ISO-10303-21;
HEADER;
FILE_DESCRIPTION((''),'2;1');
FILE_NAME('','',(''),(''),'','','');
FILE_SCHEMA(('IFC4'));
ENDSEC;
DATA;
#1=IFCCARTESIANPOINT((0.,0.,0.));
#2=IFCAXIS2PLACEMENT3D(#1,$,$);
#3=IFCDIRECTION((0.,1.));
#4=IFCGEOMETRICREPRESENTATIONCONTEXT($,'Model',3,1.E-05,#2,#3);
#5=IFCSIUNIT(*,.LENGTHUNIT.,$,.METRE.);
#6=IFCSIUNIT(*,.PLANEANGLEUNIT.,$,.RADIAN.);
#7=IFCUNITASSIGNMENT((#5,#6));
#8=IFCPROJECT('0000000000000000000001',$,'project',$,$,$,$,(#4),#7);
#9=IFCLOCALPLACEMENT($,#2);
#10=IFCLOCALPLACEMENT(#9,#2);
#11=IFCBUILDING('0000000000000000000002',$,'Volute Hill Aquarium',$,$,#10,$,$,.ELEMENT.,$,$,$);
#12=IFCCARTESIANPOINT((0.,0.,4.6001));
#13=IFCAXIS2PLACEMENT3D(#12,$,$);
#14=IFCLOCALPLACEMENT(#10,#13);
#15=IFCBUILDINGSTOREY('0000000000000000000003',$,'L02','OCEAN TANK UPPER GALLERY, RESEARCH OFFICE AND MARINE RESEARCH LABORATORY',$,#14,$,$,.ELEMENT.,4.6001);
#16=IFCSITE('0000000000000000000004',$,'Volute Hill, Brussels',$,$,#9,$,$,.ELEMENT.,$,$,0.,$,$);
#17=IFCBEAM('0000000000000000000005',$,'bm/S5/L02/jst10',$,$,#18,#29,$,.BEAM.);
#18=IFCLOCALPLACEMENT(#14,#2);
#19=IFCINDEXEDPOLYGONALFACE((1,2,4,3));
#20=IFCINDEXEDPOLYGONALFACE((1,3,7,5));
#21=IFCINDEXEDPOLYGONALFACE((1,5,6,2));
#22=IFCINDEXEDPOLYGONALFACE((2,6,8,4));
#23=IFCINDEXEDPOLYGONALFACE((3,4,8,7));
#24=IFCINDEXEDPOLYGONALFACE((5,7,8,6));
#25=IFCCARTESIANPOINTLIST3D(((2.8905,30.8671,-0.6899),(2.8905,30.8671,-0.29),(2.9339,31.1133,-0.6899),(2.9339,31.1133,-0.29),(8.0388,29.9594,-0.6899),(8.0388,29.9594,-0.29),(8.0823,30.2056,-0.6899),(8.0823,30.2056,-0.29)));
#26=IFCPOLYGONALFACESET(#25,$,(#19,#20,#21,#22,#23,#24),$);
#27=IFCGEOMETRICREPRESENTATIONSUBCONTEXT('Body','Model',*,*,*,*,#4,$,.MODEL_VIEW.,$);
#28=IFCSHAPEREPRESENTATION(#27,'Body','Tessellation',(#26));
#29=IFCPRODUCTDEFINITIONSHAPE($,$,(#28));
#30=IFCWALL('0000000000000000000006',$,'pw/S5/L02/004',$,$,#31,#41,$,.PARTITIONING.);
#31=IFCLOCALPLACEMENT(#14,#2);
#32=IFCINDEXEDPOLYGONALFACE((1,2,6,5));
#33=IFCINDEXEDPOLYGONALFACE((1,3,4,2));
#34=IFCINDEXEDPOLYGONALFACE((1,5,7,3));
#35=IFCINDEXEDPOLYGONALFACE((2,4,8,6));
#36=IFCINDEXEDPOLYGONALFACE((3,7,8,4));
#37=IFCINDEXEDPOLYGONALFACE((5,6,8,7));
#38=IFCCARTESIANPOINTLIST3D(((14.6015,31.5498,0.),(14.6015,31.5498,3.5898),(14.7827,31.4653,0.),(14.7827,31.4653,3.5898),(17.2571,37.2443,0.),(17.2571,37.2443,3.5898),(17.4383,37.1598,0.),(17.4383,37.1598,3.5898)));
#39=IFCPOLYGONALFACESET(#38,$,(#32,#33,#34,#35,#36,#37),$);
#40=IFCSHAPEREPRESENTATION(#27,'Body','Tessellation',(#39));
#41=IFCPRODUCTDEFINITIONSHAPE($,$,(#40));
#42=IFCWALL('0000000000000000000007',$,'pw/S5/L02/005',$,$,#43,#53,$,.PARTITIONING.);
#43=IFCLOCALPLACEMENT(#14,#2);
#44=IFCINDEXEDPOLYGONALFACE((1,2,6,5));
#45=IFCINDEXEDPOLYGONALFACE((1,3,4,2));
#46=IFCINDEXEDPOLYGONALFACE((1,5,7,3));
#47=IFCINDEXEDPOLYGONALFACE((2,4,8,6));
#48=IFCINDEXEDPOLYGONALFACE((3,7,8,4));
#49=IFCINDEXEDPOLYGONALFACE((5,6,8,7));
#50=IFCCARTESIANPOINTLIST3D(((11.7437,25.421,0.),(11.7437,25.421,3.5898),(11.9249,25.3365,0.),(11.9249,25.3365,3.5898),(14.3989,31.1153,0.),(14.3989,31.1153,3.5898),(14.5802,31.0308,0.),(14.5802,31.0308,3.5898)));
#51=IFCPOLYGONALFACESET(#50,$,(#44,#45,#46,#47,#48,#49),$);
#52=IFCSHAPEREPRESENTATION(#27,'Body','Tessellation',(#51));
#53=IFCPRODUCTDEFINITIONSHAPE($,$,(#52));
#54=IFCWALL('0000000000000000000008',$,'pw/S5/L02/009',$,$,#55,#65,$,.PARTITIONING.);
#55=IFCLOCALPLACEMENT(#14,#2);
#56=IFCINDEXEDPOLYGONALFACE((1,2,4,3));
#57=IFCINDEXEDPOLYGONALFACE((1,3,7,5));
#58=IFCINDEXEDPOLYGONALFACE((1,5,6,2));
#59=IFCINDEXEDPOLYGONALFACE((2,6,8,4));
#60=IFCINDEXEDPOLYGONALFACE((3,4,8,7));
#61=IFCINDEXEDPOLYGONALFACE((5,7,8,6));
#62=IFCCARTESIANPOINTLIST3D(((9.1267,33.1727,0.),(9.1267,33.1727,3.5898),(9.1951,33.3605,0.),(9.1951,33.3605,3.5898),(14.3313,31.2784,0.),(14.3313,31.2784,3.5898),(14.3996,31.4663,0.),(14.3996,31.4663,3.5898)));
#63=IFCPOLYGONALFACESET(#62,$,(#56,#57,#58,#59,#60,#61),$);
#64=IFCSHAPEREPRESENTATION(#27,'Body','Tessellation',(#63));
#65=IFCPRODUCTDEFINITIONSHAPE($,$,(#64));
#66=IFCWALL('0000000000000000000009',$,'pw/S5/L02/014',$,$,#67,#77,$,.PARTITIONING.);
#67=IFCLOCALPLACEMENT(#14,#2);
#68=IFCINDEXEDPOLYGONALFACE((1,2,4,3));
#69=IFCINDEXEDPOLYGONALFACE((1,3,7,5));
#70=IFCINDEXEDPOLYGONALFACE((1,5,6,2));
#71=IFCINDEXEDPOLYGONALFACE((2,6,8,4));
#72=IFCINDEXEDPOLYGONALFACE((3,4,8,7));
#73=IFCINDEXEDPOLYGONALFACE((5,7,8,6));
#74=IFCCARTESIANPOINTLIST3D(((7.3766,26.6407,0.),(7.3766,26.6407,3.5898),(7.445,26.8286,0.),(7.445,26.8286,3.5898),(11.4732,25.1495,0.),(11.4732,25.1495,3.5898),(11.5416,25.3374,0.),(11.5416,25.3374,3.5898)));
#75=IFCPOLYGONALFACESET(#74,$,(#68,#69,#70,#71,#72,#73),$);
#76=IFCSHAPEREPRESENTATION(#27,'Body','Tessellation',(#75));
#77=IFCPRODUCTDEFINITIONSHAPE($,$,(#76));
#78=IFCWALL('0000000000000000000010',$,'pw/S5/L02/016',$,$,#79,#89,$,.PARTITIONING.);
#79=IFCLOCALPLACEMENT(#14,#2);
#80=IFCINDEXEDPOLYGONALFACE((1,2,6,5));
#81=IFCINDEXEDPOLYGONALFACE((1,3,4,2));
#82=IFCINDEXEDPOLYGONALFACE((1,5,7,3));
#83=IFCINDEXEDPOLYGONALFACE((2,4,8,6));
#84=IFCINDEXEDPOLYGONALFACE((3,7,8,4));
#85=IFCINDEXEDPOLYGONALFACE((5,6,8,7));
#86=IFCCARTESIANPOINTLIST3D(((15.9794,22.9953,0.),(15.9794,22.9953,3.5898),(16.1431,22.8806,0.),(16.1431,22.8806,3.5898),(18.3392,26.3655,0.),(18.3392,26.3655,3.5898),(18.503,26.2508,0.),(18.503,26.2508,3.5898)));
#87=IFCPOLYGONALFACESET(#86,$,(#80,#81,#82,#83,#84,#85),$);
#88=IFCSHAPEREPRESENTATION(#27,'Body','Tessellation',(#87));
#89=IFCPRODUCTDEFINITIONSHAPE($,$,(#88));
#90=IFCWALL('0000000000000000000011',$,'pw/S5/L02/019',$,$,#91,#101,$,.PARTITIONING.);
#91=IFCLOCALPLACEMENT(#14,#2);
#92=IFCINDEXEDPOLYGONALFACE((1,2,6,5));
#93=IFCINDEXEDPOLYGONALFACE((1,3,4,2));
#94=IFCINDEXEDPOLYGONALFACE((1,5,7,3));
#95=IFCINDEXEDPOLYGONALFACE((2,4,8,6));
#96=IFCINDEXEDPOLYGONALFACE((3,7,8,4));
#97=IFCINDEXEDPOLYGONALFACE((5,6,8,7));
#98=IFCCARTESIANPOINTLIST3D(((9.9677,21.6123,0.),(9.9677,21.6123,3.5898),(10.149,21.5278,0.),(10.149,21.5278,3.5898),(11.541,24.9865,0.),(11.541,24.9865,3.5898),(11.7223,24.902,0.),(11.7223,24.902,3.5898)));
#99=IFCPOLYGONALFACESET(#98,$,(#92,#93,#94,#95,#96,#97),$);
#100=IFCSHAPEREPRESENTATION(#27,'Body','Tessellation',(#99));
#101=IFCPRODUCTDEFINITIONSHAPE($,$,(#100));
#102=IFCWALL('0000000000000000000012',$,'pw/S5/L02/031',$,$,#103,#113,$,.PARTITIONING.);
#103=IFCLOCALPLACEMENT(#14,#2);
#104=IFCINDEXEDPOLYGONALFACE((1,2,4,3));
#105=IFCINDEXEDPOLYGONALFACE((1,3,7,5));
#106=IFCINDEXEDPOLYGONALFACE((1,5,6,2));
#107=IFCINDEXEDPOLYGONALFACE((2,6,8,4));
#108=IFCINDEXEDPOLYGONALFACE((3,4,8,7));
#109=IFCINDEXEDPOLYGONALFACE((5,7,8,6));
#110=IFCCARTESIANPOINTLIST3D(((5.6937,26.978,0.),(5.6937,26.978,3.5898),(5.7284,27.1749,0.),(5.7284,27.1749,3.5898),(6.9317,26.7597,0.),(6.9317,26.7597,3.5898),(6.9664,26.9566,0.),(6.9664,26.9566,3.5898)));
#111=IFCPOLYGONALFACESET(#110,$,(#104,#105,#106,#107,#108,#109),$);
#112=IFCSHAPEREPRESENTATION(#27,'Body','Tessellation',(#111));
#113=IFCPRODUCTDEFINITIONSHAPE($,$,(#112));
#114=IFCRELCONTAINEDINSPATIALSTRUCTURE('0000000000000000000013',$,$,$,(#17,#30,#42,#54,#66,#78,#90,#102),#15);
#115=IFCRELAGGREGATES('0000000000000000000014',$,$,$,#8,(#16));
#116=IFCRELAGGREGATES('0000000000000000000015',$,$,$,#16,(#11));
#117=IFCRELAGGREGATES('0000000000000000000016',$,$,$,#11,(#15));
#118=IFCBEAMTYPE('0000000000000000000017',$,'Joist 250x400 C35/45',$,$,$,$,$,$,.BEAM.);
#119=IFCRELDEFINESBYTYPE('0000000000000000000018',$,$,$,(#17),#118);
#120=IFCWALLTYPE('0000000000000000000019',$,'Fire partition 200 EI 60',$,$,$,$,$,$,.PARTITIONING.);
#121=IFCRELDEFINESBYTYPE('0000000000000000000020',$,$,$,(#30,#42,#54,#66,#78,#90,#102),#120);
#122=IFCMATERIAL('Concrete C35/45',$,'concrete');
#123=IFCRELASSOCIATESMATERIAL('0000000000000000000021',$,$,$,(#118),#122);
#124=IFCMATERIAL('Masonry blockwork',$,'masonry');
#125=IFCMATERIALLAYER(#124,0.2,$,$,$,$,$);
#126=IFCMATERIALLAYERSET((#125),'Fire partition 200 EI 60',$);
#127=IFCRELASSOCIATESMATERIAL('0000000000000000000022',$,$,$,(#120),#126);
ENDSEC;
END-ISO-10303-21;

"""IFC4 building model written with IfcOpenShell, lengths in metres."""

from ifc_helpers import new_model, si_unit, direction, frame, frame_2d, origin, origin_2d, place, context, subcontext, project, spatial, rectangle, extrude, material, layer, layer_set, material_profile, profile_set, type_object, element, save


model = new_model("IFC4")

# Units and contexts
model_context = context("Model", 3, precision=1e-05, world=origin(), true_north=direction((0.0, 1.0)))
body_context = subcontext(model_context, "Body", "Model", "MODEL_VIEW")
ifc_project = project(units=[si_unit("LENGTHUNIT", "METRE"), si_unit("PLANEANGLEUNIT", "RADIAN")], contexts=[model_context])

# Site, building, storey
site_placement = place(None, origin())
site = spatial("IfcSite", under=ifc_project, at=site_placement, Name="Volute Hill, Brussels", CompositionType="ELEMENT", RefElevation=0.0)
building_placement = place(site_placement, origin())
building = spatial("IfcBuilding", under=site, at=building_placement, Name="Volute Hill Aquarium", CompositionType="ELEMENT")
storey_placement = place(building_placement, frame((0.0, 0.0, 4.6001)))
storey = spatial("IfcBuildingStorey", under=building, at=storey_placement, Name="L02", Description="OCEAN TANK UPPER GALLERY, RESEARCH OFFICE AND MARINE RESEARCH LABORATORY", CompositionType="ELEMENT", Elevation=4.6001)

# Beam
ifc_material_1 = material(Name="Concrete C35/45", Category="concrete")
ifc_material_profile_1 = material_profile(ifc_material_1, rectangle(XDim=0.25, YDim=0.3999, at=origin_2d()), Name="RC joist 250x400")
ifc_profile_set_1 = profile_set([ifc_material_profile_1], Name="Concrete C35/45")
beam_type_1 = type_object("IfcBeamType", Name="Joist 250x400 C35/45", PredefinedType="BEAM", material=ifc_profile_set_1)
beam_1_placement = place(storey_placement, frame((8.0605, 30.0825, -0.49), z_axis=(-0.984811, 0.173631, 0.0), x_axis=(-0.173631, -0.984811, 0.0)))
element("IfcBeam", 1, at=beam_1_placement, inside=storey, type_object=beam_type_1, Name="bm/S5/L02/jst10", PredefinedType="BEAM", context=body_context, shape_type="SweptSolid", body=[
    extrude(rectangle(XDim=0.25, YDim=0.3999, at=origin_2d()), origin(), (0.0, 0.0, 1.0), 5.2278),
])

# Walls
ifc_material_2 = material(Name="Masonry blockwork", Category="masonry")
ifc_layer = layer(ifc_material_2, 0.2)
ifc_layer_set = layer_set([ifc_layer], Name="Fire partition 200 EI 60")
wall_type = type_object("IfcWallType", Name="Fire partition 200 EI 60", PredefinedType="PARTITIONING", material=ifc_layer_set)
wall_1_placement = place(storey_placement, frame((14.6921, 31.5076, 0.0), z_axis=(0.0, 0.0, 1.0), x_axis=(0.422645, 0.906295, 0.0)))
element("IfcWall", 2, at=wall_1_placement, inside=storey, type_object=wall_type, Name="pw/S5/L02/004", PredefinedType="PARTITIONING", context=body_context, shape_type="SweptSolid", body=[
    extrude(rectangle(XDim=6.2832, YDim=0.2, at=frame_2d((3.1416, 0.0))), origin(), (0.0, 0.0, 1.0), 3.5898),
])
wall_2_placement = place(storey_placement, frame((11.8342, 25.3787, 0.0), z_axis=(0.0, 0.0, 1.0), x_axis=(0.422613, 0.90631, 0.0)))
element("IfcWall", 3, at=wall_2_placement, inside=storey, type_object=wall_type, Name="pw/S5/L02/005", PredefinedType="PARTITIONING", context=body_context, shape_type="SweptSolid", body=[
    extrude(rectangle(XDim=6.283, YDim=0.2, at=frame_2d((3.1416, 0.0))), origin(), (0.0, 0.0, 1.0), 3.5898),
])
wall_3_placement = place(storey_placement, frame((9.1609, 33.2666, 0.0), z_axis=(0.0, 0.0, 1.0), x_axis=(0.939694, -0.342016, 0.0)))
element("IfcWall", 4, at=wall_3_placement, inside=storey, type_object=wall_type, Name="pw/S5/L02/009", PredefinedType="PARTITIONING", context=body_context, shape_type="SweptSolid", body=[
    extrude(rectangle(XDim=5.5386, YDim=0.2, at=frame_2d((2.7693, 0.0))), origin(), (0.0, 0.0, 1.0), 3.5898),
])
wall_4_placement = place(storey_placement, frame((7.4109, 26.7346, 0.0), z_axis=(0.0, 0.0, 1.0), x_axis=(0.939682, -0.342049, 0.0)))
element("IfcWall", 5, at=wall_4_placement, inside=storey, type_object=wall_type, Name="pw/S5/L02/014", PredefinedType="PARTITIONING", context=body_context, shape_type="SweptSolid", body=[
    extrude(rectangle(XDim=4.3596, YDim=0.2, at=frame_2d((2.1797, 0.0))), origin(), (0.0, 0.0, 1.0), 3.5898),
])
wall_5_placement = place(storey_placement, frame((18.4211, 26.3081, 0.0), z_axis=(0.0, 0.0, 1.0), x_axis=(-0.57359, -0.819143, 0.0)))
element("IfcWall", 6, at=wall_5_placement, inside=storey, type_object=wall_type, Name="pw/S5/L02/016", PredefinedType="PARTITIONING", context=body_context, shape_type="SweptSolid", body=[
    extrude(rectangle(XDim=4.1143, YDim=0.2, at=frame_2d((2.0571, 0.0))), origin(), (0.0, 0.0, 1.0), 3.5898),
])
wall_6_placement = place(storey_placement, frame((11.6316, 24.9441, 0.0), z_axis=(0.0, 0.0, 1.0), x_axis=(-0.422598, -0.906317, 0.0)))
element("IfcWall", 7, at=wall_6_placement, inside=storey, type_object=wall_type, Name="pw/S5/L02/019", PredefinedType="PARTITIONING", context=body_context, shape_type="SweptSolid", body=[
    extrude(rectangle(XDim=3.7229, YDim=0.2, at=frame_2d((1.8613, 0.0))), origin(), (0.0, 0.0, 1.0), 3.5898),
])
wall_7_placement = place(storey_placement, frame((5.7112, 27.0764, 0.0), z_axis=(0.0, 0.0, 1.0), x_axis=(0.984813, -0.173619, 0.0)))
element("IfcWall", 8, at=wall_7_placement, inside=storey, type_object=wall_type, Name="pw/S5/L02/031", PredefinedType="PARTITIONING", context=body_context, shape_type="SweptSolid", body=[
    extrude(rectangle(XDim=1.2571, YDim=0.2, at=frame_2d((0.6284, 0.0))), origin(), (0.0, 0.0, 1.0), 3.5898),
])

save(model, "model.ifc")
